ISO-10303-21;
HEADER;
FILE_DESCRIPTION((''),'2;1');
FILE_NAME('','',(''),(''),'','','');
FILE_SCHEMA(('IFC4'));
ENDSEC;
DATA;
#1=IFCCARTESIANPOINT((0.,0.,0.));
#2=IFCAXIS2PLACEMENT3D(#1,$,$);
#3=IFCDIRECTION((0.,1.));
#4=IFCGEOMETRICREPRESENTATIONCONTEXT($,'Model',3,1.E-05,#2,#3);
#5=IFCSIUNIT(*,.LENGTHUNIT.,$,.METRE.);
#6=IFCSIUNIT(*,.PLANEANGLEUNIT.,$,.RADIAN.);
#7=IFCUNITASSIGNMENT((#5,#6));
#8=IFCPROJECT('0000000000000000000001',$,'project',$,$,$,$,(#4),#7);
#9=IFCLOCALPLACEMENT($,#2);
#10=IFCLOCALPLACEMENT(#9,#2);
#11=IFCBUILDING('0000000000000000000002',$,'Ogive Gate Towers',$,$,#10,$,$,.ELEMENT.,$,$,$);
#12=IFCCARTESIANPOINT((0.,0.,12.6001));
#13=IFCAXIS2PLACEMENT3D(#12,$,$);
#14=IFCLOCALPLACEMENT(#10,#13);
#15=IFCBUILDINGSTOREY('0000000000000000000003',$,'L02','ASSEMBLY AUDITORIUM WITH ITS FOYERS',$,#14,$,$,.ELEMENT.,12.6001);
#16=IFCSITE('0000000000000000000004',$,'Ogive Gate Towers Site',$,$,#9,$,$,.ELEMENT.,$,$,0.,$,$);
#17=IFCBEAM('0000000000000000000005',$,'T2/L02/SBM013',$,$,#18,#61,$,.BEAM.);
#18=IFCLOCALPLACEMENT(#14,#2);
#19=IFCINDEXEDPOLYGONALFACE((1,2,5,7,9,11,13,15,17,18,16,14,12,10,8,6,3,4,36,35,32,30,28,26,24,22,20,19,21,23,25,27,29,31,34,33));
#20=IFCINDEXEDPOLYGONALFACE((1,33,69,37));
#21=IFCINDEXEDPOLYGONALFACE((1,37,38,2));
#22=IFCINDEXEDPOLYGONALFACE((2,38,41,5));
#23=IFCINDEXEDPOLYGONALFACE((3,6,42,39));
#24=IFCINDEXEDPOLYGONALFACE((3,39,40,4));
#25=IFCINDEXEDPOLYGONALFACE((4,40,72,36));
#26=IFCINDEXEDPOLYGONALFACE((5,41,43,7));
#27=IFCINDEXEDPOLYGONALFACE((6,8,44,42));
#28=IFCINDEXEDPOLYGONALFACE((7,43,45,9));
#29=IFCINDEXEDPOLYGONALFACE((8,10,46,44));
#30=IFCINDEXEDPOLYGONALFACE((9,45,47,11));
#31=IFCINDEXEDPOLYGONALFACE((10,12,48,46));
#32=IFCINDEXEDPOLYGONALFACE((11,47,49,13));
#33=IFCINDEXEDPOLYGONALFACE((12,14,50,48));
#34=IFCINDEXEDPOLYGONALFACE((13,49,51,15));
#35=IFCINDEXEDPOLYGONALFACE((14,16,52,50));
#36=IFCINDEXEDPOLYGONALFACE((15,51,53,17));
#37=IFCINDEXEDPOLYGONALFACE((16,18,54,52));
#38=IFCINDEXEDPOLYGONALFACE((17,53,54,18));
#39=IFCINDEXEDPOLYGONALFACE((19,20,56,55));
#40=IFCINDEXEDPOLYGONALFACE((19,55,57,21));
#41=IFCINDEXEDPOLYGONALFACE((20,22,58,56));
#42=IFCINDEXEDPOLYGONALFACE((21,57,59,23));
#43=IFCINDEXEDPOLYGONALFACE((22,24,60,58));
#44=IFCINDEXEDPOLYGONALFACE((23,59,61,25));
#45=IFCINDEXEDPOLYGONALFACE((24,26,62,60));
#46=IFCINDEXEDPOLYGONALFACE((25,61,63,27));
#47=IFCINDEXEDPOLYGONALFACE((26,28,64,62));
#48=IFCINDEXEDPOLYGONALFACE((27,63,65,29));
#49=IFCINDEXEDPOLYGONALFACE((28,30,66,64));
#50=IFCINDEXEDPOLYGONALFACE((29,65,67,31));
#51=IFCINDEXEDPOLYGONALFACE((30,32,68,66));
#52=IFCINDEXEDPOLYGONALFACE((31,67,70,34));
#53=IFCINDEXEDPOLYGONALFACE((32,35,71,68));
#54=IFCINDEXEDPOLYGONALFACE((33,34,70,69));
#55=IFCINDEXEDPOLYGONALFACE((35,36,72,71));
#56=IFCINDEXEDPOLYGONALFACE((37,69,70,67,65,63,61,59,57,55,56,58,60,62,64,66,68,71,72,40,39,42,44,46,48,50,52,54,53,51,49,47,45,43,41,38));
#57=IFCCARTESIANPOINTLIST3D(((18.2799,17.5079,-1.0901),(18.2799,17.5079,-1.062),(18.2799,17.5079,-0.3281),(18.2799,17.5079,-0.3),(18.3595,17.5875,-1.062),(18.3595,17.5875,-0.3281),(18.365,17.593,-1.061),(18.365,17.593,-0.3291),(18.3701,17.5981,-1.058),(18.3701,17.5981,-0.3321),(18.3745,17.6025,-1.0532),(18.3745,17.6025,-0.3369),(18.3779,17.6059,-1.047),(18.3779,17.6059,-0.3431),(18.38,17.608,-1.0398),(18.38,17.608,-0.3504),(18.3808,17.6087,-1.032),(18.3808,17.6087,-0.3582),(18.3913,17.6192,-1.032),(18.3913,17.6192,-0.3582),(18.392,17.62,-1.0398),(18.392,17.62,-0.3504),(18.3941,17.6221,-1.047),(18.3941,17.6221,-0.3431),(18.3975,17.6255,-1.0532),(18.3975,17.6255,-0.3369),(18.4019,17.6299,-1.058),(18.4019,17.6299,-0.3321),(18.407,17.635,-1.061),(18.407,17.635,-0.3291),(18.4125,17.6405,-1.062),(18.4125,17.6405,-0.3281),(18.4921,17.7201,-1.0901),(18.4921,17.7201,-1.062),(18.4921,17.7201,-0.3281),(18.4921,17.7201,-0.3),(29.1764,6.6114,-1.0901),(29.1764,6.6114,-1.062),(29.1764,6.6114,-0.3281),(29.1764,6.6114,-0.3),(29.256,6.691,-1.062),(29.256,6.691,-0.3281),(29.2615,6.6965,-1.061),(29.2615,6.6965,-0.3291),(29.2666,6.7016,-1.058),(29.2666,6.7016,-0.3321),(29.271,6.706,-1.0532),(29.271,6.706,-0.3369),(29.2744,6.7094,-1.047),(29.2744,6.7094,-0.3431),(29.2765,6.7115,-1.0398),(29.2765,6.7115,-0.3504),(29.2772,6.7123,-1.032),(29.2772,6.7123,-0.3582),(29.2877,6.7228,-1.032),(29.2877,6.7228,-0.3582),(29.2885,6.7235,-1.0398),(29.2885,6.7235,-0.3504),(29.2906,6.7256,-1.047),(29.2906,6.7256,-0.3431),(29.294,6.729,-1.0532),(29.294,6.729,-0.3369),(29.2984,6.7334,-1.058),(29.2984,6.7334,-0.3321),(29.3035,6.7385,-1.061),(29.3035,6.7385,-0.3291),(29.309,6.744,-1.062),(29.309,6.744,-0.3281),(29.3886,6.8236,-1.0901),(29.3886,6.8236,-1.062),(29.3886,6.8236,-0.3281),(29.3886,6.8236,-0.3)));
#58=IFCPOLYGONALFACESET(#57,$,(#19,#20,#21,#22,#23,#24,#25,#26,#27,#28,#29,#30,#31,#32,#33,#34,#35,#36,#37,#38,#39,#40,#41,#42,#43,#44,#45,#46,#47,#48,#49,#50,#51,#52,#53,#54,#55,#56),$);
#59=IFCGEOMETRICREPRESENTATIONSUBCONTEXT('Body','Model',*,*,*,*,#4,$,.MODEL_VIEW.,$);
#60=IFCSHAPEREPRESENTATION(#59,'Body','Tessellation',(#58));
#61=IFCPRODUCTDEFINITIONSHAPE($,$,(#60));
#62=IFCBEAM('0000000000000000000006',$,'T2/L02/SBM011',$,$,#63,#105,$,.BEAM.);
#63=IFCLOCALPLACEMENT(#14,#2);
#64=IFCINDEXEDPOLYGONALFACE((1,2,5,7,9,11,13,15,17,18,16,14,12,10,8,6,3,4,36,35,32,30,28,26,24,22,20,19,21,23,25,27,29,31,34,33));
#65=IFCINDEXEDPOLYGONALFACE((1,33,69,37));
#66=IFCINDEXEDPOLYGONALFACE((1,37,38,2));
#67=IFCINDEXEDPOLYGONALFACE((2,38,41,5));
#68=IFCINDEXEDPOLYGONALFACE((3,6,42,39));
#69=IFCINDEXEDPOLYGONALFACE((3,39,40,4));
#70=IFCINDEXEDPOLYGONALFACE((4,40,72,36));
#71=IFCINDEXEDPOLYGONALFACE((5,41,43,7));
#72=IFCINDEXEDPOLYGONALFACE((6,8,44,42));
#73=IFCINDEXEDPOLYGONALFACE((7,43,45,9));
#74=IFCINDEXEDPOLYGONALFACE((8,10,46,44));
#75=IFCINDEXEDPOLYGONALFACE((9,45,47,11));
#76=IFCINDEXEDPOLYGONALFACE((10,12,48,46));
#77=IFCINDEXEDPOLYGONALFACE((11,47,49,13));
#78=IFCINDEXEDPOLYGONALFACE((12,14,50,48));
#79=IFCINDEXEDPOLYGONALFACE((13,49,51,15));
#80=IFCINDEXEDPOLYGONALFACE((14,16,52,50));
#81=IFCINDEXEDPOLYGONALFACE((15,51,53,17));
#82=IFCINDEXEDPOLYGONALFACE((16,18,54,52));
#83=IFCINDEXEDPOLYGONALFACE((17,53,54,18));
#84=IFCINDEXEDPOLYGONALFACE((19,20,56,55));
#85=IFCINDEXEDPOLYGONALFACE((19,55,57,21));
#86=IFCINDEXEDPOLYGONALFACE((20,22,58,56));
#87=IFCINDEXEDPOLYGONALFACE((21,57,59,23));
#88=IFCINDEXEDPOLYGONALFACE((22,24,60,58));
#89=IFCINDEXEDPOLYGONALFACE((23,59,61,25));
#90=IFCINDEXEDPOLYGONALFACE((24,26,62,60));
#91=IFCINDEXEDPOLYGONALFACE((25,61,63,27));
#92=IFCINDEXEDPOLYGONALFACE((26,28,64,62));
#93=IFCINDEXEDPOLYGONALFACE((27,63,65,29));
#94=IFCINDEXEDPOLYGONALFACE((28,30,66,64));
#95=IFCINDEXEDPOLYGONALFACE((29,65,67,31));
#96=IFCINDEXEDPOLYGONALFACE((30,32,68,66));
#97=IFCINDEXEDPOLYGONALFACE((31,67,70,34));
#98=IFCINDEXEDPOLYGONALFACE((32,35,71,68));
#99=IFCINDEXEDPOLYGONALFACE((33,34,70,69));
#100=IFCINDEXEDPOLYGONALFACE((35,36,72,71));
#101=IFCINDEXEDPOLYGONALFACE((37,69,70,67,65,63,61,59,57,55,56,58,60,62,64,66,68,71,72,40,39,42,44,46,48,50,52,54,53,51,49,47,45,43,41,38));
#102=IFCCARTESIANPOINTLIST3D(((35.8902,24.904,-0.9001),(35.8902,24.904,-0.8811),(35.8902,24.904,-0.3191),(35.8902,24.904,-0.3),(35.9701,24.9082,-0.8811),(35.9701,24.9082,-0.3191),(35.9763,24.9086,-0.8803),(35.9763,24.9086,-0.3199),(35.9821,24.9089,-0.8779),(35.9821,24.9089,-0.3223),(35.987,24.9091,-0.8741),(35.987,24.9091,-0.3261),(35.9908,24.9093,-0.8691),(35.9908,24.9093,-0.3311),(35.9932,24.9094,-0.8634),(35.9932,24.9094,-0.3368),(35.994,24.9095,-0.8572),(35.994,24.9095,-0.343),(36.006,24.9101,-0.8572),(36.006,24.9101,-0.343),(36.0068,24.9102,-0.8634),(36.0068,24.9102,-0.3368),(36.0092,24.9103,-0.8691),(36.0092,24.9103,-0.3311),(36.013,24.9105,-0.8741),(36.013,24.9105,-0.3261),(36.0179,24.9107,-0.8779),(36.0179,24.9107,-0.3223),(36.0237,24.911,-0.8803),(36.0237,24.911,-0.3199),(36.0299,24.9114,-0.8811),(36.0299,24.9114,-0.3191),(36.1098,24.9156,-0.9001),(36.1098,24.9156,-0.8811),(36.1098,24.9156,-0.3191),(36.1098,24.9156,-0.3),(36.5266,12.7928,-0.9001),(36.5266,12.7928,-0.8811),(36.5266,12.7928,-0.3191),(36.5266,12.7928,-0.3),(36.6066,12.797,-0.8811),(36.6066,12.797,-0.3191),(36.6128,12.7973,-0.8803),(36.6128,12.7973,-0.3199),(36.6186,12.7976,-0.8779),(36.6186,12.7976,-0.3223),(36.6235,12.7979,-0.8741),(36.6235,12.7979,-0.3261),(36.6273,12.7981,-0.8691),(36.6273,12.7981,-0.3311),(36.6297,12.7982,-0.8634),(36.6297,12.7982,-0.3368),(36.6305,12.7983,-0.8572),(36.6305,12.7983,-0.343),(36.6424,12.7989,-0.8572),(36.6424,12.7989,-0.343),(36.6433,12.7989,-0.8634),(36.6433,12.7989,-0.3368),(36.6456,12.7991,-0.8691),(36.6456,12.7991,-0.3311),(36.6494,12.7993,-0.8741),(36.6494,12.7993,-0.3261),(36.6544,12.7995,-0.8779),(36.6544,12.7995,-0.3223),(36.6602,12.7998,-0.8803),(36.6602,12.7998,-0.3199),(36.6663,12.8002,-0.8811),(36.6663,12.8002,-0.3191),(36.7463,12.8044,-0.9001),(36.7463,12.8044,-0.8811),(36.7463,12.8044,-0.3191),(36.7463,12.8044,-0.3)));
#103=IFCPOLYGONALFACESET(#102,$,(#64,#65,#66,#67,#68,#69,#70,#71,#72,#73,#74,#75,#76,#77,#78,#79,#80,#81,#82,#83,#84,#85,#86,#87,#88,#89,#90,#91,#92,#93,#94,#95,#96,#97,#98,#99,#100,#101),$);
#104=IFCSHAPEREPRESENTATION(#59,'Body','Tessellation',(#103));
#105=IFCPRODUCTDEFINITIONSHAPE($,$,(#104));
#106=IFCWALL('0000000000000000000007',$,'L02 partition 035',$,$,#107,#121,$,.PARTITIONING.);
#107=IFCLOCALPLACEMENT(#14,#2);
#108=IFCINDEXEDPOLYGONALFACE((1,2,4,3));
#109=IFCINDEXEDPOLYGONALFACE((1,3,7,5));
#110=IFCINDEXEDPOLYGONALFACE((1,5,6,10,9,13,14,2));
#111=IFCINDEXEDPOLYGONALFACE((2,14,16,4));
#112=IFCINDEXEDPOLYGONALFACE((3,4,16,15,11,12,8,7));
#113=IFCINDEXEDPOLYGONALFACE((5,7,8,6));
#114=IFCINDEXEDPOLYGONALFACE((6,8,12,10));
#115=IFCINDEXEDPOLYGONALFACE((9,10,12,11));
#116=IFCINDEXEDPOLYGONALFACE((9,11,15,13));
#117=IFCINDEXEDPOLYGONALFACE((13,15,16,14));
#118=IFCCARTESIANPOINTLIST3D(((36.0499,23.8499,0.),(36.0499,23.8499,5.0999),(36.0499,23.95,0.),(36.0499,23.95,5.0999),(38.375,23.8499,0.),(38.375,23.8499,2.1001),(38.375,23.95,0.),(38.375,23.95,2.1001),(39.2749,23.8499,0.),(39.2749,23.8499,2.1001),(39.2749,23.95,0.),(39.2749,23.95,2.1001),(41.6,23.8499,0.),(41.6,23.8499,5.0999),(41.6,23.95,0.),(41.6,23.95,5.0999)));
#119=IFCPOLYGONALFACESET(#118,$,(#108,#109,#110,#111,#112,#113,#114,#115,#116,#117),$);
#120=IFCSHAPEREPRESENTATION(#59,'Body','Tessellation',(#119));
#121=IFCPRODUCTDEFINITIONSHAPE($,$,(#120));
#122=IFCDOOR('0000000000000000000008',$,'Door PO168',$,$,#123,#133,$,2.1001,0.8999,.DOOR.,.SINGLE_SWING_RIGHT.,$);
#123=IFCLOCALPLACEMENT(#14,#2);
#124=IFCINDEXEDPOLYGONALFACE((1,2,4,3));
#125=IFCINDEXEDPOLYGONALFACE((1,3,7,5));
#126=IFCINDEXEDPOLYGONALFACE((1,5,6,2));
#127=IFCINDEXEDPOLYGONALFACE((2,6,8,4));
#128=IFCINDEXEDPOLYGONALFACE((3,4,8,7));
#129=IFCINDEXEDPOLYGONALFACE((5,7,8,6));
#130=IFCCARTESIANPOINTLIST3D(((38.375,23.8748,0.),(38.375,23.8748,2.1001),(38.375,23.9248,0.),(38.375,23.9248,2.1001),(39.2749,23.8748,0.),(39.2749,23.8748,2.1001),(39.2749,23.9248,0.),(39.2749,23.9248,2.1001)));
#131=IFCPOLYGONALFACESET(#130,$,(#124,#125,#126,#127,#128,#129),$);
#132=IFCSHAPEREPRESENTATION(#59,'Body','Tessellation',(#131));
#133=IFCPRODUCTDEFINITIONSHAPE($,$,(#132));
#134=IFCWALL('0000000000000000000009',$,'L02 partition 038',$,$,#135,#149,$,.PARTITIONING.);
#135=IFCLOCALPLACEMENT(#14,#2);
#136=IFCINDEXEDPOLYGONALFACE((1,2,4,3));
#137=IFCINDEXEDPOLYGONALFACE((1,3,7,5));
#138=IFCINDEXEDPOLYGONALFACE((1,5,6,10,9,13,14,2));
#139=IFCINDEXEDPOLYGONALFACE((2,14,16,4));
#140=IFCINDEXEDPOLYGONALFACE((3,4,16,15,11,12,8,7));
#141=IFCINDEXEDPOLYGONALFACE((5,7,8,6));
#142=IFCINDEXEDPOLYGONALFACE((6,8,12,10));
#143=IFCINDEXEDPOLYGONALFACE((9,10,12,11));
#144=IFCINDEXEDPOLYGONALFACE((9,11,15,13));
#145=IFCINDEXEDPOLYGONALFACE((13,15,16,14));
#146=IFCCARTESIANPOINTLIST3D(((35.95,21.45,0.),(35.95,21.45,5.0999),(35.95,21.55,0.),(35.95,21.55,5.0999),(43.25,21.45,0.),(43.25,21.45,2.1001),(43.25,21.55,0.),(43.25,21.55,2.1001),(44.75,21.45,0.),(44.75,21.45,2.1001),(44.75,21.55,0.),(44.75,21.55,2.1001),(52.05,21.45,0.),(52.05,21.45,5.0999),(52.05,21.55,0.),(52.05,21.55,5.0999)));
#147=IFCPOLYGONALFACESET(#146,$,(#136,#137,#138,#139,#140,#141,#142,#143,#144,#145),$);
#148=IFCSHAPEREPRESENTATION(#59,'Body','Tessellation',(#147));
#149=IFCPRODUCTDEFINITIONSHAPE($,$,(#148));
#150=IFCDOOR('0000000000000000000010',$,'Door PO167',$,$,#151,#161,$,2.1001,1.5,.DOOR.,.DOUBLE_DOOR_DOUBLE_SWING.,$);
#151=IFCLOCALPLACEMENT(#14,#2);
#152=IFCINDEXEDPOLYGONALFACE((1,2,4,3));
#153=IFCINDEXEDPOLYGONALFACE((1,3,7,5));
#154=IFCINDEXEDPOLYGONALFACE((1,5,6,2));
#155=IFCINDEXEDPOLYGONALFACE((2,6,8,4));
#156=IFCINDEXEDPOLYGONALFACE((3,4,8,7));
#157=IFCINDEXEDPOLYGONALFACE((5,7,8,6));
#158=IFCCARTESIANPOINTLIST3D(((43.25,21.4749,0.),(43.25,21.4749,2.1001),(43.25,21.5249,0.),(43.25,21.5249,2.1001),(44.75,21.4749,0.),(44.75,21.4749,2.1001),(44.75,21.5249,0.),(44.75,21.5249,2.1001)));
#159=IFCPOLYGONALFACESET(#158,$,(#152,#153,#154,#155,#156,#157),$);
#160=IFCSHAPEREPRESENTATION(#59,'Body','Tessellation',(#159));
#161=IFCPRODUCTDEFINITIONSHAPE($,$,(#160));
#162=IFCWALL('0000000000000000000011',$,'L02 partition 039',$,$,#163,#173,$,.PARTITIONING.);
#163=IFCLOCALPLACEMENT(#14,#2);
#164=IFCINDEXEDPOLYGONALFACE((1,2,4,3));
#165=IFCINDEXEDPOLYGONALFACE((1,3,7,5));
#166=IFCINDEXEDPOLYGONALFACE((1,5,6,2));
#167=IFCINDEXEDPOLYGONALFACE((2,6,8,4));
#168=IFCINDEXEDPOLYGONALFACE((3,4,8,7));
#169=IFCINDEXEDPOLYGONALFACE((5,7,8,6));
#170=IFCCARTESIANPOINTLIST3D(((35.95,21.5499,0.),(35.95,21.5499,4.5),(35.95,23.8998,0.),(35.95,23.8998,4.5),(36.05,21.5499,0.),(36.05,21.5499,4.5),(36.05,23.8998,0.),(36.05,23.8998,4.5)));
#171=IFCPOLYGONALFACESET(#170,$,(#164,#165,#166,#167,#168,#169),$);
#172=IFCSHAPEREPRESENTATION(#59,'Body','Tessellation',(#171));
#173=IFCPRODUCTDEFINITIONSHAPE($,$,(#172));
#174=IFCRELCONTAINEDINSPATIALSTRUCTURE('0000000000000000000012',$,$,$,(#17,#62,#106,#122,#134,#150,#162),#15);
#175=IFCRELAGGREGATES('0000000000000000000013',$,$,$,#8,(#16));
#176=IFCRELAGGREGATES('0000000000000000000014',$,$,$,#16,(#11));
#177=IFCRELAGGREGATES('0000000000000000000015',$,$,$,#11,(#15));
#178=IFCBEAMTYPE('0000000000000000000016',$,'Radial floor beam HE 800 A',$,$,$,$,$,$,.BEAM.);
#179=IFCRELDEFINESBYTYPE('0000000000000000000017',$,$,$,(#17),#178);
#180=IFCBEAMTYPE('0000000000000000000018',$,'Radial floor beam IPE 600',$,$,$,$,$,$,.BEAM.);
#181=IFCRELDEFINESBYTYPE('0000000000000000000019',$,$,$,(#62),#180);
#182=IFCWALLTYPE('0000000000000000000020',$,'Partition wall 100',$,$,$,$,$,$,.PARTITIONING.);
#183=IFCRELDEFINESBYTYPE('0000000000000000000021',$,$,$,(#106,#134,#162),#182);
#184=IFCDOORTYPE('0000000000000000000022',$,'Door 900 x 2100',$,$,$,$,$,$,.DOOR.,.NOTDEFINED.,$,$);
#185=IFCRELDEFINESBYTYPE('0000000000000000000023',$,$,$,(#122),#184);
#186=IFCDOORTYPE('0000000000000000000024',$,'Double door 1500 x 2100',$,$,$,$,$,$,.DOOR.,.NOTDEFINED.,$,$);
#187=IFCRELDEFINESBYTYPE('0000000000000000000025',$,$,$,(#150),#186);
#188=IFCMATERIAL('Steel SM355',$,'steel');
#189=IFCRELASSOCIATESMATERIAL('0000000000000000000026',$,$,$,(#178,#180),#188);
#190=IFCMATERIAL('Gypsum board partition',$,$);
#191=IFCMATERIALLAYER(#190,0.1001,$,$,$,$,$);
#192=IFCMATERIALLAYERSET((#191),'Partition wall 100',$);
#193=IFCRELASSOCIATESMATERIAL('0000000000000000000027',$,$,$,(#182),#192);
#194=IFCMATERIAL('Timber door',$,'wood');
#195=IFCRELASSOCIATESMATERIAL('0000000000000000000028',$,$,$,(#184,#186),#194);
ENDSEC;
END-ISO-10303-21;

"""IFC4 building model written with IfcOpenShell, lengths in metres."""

from ifc_helpers import new_model, si_unit, direction, frame, frame_2d, origin, origin_2d, place, context, subcontext, project, spatial, rectangle, i_section, extrude, material, layer, layer_set, material_profile, profile_set, type_object, element, fill, save


model = new_model("IFC4")

# Units and contexts
model_context = context("Model", 3, precision=1e-05, world=origin(), true_north=direction((0.0, 1.0)))
body_context = subcontext(model_context, "Body", "Model", "MODEL_VIEW")
ifc_project = project(units=[si_unit("LENGTHUNIT", "METRE"), si_unit("PLANEANGLEUNIT", "RADIAN")], contexts=[model_context])

# Site, building, storey
site_placement = place(None, origin())
site = spatial("IfcSite", under=ifc_project, at=site_placement, Name="Ogive Gate Towers Site", CompositionType="ELEMENT", RefElevation=0.0)
building_placement = place(site_placement, origin())
building = spatial("IfcBuilding", under=site, at=building_placement, Name="Ogive Gate Towers", CompositionType="ELEMENT")
storey_placement = place(building_placement, frame((0.0, 0.0, 12.6001)))
storey = spatial("IfcBuildingStorey", under=building, at=storey_placement, Name="L02", Description="ASSEMBLY AUDITORIUM WITH ITS FOYERS", CompositionType="ELEMENT", Elevation=12.6001)

# Beams
ifc_material_1 = material(Name="Steel SM355", Category="steel")
ifc_material_profile_1 = material_profile(ifc_material_1, i_section(OverallWidth=0.3, OverallDepth=0.79, WebThickness=0.0149, FlangeThickness=0.0281, FilletRadius=0.03, at=origin_2d()), Name="HE 800 A")
ifc_profile_set_1 = profile_set([ifc_material_profile_1], Name="Steel SM355")
beam_type_1 = type_object("IfcBeamType", Name="Radial floor beam HE 800 A", PredefinedType="BEAM", material=ifc_profile_set_1)
beam_1_placement = place(storey_placement, frame((29.2825, 6.7175, -0.6951), z_axis=(-0.707107, 0.707107, 0.0), x_axis=(-0.707107, -0.707107, 0.0)))
element("IfcBeam", 1, at=beam_1_placement, inside=storey, type_object=beam_type_1, Name="T2/L02/SBM013", PredefinedType="BEAM", context=body_context, shape_type="SweptSolid", body=[
    extrude(i_section(OverallWidth=0.3, OverallDepth=0.79, WebThickness=0.0149, FlangeThickness=0.0281, FilletRadius=0.03, at=origin_2d()), origin(), (0.0, 0.0, 1.0), 15.4099),
])
ifc_material_profile_2 = material_profile(ifc_material_1, i_section(OverallWidth=0.22, OverallDepth=0.6001, WebThickness=0.012, FlangeThickness=0.019, FilletRadius=0.0239, at=origin_2d()), Name="IPE 600")
ifc_profile_set_2 = profile_set([ifc_material_profile_2], Name="Steel SM355")
beam_type_2 = type_object("IfcBeamType", Name="Radial floor beam IPE 600", PredefinedType="BEAM", material=ifc_profile_set_2)
beam_2_placement = place(storey_placement, frame((36.6365, 12.7986, -0.6001), z_axis=(-0.05248, 0.998622, 0.0), x_axis=(-0.998622, -0.05248, 0.0)))
element("IfcBeam", 2, at=beam_2_placement, inside=storey, type_object=beam_type_2, Name="T2/L02/SBM011", PredefinedType="BEAM", context=body_context, shape_type="SweptSolid", body=[
    extrude(i_section(OverallWidth=0.22, OverallDepth=0.6001, WebThickness=0.012, FlangeThickness=0.019, FilletRadius=0.0239, at=origin_2d()), origin(), (0.0, 0.0, 1.0), 12.1279),
])

# Walls, openings, doors
ifc_material_2 = material(Name="Gypsum board partition")
ifc_layer_1 = layer(ifc_material_2, 0.1001)
ifc_layer_set_1 = layer_set([ifc_layer_1], Name="Partition wall 100")
wall_type_1 = type_object("IfcWallType", Name="Partition wall 100", PredefinedType="PARTITIONING", material=ifc_layer_set_1)
wall_1_placement = place(storey_placement, frame((36.05, 23.8999, 0.0), z_axis=(0.0, 0.0, 1.0), x_axis=(1.0, 0.0, 0.0)))
wall_1 = element("IfcWall", 3, at=wall_1_placement, inside=storey, type_object=wall_type_1, Name="L02 partition 035", PredefinedType="PARTITIONING", context=body_context, shape_type="SweptSolid", body=[
    extrude(rectangle(XDim=5.55, YDim=0.1001, at=frame_2d((2.7749, 0.0))), origin(), (0.0, 0.0, 1.0), 5.0999),
])
opening_1_placement = place(wall_1_placement, frame((2.325, 0.0, 0.0)))
opening_1 = element("IfcOpeningElement", 4, at=opening_1_placement, cuts=wall_1, PredefinedType="OPENING", context=body_context, shape_type="SweptSolid", body=[
    extrude(rectangle(XDim=0.8999, YDim=2.1001, at=frame_2d((0.45, 1.05))), frame((0.0, 0.0601, 0.0), z_axis=(0.0, -1.0, 0.0), x_axis=(1.0, 0.0, 0.0)), (0.0, 0.0, 1.0), 0.1201),
])
ifc_material_3 = material(Name="Timber door", Category="wood")
door_type_1 = type_object("IfcDoorType", Name="Door 900 x 2100", OperationType="NOTDEFINED", PredefinedType="DOOR", material=ifc_material_3)
door_1_placement = place(opening_1_placement, origin())
door_1 = element("IfcDoor", 5, at=door_1_placement, inside=storey, type_object=door_type_1, Name="Door PO168", OperationType="SINGLE_SWING_RIGHT", OverallHeight=2.1001, OverallWidth=0.8999, PredefinedType="DOOR", context=body_context, shape_type="SweptSolid", body=[
    extrude(rectangle(XDim=0.8999, YDim=2.1001, at=frame_2d((0.45, 1.05))), frame((0.0, 0.0249, 0.0), z_axis=(0.0, -1.0, 0.0), x_axis=(1.0, 0.0, 0.0)), (0.0, 0.0, 1.0), 0.05),
])
fill(opening_1, door_1)
wall_2_placement = place(storey_placement, frame((35.95, 21.5, 0.0), z_axis=(0.0, 0.0, 1.0), x_axis=(1.0, 0.0, 0.0)))
wall_2 = element("IfcWall", 6, at=wall_2_placement, inside=storey, type_object=wall_type_1, Name="L02 partition 038", PredefinedType="PARTITIONING", context=body_context, shape_type="SweptSolid", body=[
    extrude(rectangle(XDim=16.1001, YDim=0.1001, at=frame_2d((8.05, 0.0))), origin(), (0.0, 0.0, 1.0), 5.0999),
])
opening_2_placement = place(wall_2_placement, frame((7.3, 0.0, 0.0)))
opening_2 = element("IfcOpeningElement", 7, at=opening_2_placement, cuts=wall_2, PredefinedType="OPENING", context=body_context, shape_type="SweptSolid", body=[
    extrude(rectangle(XDim=1.5, YDim=2.1001, at=frame_2d((0.75, 1.05))), frame((0.0, 0.0601, 0.0), z_axis=(0.0, -1.0, 0.0), x_axis=(1.0, 0.0, 0.0)), (0.0, 0.0, 1.0), 0.1201),
])
door_type_2 = type_object("IfcDoorType", Name="Double door 1500 x 2100", OperationType="NOTDEFINED", PredefinedType="DOOR", material=ifc_material_3)
door_2_placement = place(opening_2_placement, origin())
door_2 = element("IfcDoor", 8, at=door_2_placement, inside=storey, type_object=door_type_2, Name="Door PO167", OperationType="DOUBLE_DOOR_DOUBLE_SWING", OverallHeight=2.1001, OverallWidth=1.5, PredefinedType="DOOR", context=body_context, shape_type="SweptSolid", body=[
    extrude(rectangle(XDim=1.5, YDim=2.1001, at=frame_2d((0.75, 1.05))), frame((0.0, 0.0249, 0.0), z_axis=(0.0, -1.0, 0.0), x_axis=(1.0, 0.0, 0.0)), (0.0, 0.0, 1.0), 0.05),
])
fill(opening_2, door_2)

# Wall
wall_3_placement = place(storey_placement, frame((36.0, 21.55, 0.0), z_axis=(0.0, 0.0, 1.0), x_axis=(0.0, 1.0, 0.0)))
element("IfcWall", 9, at=wall_3_placement, inside=storey, type_object=wall_type_1, Name="L02 partition 039", PredefinedType="PARTITIONING", context=body_context, shape_type="SweptSolid", body=[
    extrude(rectangle(XDim=2.3499, YDim=0.1001, at=frame_2d((1.1748, 0.0))), origin(), (0.0, 0.0, 1.0), 4.5),
])

save(model, "model.ifc")
